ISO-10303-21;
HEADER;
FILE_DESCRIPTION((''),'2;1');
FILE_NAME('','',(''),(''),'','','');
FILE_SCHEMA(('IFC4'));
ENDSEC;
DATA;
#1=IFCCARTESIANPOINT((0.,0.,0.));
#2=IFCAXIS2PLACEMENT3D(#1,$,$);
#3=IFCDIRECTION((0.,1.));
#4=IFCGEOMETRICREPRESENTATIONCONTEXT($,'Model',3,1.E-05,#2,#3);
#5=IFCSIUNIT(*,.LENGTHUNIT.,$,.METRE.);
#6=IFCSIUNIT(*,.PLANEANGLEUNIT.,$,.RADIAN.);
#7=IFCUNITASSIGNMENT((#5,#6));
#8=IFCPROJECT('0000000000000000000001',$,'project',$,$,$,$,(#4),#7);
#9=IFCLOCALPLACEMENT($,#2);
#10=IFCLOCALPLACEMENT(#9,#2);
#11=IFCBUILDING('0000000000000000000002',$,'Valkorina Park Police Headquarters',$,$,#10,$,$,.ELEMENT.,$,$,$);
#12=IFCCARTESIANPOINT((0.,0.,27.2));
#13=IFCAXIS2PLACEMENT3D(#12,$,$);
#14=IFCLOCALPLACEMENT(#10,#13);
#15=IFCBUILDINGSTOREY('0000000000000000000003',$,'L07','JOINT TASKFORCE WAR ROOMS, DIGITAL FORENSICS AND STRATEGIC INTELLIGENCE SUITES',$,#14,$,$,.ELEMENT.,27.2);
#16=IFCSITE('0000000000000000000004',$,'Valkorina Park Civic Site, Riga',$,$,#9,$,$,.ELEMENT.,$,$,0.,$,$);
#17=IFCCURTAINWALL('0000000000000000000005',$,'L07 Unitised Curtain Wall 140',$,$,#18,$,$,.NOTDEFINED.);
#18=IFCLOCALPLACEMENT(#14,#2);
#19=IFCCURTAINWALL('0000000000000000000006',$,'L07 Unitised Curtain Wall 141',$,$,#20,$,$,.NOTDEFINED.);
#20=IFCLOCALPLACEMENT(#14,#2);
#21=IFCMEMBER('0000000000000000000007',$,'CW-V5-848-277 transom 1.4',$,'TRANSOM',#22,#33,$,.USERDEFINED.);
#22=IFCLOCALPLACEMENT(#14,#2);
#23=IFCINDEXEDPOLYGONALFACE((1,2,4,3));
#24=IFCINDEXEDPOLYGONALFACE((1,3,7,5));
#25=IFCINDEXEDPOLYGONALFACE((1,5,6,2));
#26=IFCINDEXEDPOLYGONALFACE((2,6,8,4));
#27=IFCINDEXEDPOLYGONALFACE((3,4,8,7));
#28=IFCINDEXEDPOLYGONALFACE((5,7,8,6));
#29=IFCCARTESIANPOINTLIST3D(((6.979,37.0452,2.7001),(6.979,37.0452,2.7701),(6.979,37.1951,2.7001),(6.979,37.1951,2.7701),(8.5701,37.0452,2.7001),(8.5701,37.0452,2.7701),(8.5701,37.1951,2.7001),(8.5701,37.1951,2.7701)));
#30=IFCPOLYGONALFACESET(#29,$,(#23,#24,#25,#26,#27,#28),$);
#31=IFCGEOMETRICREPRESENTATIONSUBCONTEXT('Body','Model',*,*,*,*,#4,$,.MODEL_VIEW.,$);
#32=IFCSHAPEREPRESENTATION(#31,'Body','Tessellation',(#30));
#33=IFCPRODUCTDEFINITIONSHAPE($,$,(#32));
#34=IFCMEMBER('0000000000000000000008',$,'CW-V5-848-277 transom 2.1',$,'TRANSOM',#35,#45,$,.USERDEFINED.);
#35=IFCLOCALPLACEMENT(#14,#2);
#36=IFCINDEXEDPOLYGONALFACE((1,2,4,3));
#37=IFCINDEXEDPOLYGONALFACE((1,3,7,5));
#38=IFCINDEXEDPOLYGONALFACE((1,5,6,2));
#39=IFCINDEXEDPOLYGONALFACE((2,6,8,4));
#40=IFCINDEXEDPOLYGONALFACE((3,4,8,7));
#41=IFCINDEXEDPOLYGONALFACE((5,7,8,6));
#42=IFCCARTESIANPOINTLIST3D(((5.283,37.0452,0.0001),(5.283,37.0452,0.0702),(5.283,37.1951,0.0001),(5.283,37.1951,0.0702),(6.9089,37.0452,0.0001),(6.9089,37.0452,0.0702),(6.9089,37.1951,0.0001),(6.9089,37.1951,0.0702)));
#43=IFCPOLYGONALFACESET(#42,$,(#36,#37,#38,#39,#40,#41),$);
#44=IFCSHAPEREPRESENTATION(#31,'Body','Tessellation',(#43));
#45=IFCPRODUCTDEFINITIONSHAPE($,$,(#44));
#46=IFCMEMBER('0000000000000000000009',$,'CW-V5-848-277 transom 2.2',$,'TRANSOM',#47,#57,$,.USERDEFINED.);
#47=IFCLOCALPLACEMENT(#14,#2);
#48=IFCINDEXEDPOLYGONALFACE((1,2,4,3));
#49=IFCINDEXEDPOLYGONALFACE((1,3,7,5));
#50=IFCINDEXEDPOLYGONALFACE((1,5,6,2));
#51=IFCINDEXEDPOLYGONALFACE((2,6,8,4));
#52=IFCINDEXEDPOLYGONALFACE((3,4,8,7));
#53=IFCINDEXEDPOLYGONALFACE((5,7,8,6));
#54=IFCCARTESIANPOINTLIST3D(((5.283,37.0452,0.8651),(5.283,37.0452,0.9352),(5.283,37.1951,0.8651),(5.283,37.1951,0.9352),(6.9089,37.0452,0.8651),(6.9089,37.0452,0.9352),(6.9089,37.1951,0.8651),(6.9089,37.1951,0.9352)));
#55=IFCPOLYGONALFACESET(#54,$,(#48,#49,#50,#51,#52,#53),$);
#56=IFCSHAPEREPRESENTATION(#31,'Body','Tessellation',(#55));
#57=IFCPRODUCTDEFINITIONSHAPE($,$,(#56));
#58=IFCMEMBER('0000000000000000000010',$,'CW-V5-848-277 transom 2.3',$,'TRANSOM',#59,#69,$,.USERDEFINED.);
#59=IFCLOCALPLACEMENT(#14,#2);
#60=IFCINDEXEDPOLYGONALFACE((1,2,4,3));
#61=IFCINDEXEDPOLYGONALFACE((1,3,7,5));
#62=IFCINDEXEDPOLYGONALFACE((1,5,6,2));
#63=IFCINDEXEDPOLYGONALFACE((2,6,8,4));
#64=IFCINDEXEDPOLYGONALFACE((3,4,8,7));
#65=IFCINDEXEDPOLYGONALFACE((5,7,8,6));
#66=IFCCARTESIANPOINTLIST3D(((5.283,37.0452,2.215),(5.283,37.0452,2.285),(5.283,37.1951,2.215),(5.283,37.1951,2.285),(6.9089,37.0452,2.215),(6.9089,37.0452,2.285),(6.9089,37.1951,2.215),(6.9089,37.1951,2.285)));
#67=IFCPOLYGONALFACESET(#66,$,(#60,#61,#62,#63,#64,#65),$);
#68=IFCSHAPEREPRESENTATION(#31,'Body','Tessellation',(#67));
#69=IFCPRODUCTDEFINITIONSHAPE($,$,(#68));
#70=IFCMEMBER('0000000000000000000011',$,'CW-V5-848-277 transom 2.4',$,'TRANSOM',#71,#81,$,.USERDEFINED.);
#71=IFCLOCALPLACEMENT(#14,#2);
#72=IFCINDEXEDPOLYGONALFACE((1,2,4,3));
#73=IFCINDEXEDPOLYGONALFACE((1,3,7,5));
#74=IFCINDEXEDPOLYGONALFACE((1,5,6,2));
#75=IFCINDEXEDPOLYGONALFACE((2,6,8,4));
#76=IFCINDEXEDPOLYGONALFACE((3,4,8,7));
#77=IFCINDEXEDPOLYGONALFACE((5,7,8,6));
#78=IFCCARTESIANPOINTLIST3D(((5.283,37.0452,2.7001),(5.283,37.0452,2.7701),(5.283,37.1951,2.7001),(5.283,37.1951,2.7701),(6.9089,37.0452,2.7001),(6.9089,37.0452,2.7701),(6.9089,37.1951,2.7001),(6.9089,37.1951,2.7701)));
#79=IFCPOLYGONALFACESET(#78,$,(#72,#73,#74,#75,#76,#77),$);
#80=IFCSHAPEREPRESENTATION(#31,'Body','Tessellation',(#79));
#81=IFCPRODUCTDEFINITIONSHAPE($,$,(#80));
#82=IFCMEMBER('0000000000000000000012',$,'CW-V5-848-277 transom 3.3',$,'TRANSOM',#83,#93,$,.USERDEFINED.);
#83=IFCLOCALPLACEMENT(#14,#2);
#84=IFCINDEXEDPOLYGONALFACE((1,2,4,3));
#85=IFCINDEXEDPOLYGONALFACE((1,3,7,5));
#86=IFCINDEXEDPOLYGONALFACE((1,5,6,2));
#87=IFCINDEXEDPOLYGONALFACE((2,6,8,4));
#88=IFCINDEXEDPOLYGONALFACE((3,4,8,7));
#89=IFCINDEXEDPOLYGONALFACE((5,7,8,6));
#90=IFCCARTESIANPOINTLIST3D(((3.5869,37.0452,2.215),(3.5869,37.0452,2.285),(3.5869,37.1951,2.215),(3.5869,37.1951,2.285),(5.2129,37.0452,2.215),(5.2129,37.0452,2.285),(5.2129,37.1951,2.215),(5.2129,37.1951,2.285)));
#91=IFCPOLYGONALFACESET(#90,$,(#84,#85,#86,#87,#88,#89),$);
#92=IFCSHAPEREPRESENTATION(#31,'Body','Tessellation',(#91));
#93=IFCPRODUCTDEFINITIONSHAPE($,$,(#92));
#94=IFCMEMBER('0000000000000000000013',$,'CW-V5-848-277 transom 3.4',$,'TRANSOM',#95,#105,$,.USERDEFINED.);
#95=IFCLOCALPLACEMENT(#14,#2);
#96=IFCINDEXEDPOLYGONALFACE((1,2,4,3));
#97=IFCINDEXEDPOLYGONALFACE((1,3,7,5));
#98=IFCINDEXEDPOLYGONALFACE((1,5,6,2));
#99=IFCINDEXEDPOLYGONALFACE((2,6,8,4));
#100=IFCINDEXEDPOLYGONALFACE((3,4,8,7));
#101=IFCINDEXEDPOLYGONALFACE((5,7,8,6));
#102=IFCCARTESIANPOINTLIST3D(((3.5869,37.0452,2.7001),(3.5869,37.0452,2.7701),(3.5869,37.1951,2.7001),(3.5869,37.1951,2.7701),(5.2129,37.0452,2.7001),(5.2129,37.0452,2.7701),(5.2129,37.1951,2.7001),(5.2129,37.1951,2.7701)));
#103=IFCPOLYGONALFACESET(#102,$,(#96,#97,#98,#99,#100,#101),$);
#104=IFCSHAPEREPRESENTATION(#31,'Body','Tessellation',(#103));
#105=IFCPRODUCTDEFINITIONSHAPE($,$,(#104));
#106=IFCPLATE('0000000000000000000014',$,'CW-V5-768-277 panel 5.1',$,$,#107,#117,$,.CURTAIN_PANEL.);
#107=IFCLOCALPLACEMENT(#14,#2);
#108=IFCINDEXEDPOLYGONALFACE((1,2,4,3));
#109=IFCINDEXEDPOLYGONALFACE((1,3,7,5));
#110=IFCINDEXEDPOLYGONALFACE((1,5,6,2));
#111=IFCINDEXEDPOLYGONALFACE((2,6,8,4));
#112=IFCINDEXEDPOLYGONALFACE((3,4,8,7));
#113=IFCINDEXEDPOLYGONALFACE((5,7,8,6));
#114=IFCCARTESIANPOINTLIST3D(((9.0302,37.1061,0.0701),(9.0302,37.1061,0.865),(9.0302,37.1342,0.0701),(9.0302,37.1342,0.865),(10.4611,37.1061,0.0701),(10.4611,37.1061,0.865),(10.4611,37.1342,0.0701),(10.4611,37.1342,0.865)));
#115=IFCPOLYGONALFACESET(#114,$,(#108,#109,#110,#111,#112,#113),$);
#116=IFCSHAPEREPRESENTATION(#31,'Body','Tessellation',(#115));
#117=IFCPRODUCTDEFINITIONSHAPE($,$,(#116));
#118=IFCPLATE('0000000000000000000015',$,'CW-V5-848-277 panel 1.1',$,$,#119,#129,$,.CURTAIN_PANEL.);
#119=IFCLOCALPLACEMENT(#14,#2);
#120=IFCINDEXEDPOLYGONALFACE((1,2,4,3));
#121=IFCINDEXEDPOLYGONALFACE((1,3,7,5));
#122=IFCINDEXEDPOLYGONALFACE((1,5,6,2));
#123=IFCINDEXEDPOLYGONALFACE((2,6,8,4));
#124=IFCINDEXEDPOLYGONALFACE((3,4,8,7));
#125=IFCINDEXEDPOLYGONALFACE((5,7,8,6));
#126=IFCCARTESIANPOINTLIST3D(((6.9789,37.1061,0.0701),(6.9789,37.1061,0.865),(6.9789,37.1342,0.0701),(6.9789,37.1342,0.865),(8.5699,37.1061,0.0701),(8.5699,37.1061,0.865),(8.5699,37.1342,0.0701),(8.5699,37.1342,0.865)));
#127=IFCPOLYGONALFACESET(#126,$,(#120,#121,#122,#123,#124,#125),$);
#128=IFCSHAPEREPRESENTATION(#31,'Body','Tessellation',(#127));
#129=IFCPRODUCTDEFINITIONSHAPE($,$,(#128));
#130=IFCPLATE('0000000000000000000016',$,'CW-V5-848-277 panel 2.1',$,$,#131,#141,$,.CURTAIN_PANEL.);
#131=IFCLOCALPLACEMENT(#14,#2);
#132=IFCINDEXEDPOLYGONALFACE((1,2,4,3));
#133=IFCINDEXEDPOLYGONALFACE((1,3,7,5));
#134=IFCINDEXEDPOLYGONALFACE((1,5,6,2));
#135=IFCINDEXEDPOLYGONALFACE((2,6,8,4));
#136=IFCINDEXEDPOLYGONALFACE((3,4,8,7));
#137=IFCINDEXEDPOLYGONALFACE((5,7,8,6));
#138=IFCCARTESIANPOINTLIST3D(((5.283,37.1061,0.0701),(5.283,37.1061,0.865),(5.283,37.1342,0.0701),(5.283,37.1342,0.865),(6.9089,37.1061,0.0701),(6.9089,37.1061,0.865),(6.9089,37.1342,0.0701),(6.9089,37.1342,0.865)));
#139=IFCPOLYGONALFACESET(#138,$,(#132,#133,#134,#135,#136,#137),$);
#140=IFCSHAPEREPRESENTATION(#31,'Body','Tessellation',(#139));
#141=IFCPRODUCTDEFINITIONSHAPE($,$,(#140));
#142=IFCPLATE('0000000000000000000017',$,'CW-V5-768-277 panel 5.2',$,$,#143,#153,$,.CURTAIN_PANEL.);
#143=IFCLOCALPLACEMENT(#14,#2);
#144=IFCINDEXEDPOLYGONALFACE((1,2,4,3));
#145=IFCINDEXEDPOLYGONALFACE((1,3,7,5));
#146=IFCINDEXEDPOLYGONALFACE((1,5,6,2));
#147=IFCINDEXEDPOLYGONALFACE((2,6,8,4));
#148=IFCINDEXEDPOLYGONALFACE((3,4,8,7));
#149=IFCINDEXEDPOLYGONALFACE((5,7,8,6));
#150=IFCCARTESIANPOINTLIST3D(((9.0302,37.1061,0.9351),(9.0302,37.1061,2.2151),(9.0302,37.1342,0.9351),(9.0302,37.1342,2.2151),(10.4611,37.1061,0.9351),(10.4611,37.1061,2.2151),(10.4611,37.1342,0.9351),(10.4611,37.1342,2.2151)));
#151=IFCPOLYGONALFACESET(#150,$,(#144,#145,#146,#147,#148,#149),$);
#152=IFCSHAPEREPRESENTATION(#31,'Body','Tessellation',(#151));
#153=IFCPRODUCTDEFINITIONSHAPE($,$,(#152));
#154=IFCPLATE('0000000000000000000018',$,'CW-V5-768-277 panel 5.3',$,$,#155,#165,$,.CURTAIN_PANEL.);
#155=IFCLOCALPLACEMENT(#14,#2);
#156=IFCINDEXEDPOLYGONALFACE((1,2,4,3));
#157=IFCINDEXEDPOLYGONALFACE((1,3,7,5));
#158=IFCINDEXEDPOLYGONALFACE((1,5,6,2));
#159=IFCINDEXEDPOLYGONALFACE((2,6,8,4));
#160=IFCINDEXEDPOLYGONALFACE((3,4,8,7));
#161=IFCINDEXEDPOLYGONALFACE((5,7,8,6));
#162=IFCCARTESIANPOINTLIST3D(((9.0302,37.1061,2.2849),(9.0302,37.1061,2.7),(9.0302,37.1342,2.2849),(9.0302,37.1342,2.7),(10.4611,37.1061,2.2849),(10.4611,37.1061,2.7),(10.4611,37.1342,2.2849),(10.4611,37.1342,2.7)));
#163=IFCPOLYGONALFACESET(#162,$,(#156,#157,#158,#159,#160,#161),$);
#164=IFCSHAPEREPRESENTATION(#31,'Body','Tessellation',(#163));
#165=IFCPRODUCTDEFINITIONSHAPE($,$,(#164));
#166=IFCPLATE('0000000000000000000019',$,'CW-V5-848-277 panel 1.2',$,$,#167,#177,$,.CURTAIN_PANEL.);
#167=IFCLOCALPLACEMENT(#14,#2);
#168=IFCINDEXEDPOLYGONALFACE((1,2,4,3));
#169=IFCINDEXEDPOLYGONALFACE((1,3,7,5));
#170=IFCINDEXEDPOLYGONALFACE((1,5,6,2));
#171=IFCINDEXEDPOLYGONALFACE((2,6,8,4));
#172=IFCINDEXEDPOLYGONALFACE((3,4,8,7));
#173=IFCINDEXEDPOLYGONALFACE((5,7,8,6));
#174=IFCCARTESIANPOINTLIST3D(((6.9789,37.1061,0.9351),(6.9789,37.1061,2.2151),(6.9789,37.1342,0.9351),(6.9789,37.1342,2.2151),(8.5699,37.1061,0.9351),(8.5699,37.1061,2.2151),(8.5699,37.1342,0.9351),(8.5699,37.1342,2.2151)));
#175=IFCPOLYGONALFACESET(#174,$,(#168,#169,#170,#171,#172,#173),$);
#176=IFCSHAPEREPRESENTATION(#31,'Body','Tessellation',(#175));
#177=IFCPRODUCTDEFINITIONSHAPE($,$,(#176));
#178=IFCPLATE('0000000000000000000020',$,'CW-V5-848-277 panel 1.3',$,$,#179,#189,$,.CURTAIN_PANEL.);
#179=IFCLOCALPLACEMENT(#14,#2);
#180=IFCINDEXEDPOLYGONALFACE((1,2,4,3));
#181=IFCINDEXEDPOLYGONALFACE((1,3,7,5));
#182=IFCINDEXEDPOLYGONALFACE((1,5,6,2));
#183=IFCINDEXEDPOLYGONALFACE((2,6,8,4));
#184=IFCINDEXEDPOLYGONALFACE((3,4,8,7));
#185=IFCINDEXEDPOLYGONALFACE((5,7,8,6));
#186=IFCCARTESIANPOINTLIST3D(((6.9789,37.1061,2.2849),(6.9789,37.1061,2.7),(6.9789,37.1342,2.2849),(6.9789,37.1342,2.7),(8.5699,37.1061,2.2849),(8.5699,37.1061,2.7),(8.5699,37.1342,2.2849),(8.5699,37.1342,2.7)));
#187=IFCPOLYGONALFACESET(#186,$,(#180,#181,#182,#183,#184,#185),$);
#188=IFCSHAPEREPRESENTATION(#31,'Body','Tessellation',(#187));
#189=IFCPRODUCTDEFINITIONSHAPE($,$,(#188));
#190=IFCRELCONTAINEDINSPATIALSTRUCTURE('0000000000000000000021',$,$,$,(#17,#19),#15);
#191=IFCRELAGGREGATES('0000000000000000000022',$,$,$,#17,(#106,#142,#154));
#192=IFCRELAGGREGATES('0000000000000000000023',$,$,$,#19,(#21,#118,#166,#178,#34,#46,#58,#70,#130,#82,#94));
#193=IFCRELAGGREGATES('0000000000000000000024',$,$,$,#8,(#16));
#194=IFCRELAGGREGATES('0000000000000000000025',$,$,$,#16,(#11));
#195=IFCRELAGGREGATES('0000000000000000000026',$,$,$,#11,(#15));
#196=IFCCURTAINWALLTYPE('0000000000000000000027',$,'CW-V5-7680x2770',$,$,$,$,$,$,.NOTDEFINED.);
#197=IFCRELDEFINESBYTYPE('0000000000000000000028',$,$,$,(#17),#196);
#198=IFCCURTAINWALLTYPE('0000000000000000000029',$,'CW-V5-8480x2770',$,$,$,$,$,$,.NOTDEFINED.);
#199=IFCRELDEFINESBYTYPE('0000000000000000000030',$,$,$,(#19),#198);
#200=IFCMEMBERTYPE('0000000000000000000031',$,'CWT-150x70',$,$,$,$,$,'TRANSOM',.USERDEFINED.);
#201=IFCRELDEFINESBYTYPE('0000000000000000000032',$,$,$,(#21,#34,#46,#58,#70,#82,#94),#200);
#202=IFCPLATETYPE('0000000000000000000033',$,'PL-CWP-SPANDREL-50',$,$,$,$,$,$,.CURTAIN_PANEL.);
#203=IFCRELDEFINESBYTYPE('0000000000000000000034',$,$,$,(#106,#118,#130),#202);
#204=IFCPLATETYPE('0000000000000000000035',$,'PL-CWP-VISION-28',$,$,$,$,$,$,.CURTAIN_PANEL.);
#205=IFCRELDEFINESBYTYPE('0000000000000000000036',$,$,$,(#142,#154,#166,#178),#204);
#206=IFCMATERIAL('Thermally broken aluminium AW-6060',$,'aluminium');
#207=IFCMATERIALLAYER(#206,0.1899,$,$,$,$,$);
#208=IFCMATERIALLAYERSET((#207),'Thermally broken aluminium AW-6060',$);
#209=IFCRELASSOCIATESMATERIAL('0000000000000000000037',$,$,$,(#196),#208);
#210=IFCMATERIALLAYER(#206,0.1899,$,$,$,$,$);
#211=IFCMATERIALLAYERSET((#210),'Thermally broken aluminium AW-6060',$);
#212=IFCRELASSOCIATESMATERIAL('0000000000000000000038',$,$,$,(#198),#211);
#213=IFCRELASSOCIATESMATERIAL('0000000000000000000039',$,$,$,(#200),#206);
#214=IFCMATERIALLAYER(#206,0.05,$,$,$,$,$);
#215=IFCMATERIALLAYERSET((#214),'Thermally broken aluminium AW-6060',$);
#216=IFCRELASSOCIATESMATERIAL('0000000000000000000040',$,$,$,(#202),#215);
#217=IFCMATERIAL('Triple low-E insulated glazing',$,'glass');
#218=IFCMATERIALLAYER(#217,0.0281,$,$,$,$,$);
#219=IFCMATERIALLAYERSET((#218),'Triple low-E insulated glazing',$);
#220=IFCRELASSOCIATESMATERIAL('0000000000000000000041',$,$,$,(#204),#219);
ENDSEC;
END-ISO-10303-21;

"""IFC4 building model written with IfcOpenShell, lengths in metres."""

from ifc_helpers import new_model, si_unit, direction, frame, origin, origin_2d, place, context, subcontext, project, spatial, rectangle, extrude, material, layer, layer_set, material_profile, profile_set, type_object, element, aggregate, save


model = new_model("IFC4")

# Units and contexts
model_context = context("Model", 3, precision=1e-05, world=origin(), true_north=direction((0.0, 1.0)))
body_context = subcontext(model_context, "Body", "Model", "MODEL_VIEW")
ifc_project = project(units=[si_unit("LENGTHUNIT", "METRE"), si_unit("PLANEANGLEUNIT", "RADIAN")], contexts=[model_context])

# Site, building, storey
site_placement = place(None, origin())
site = spatial("IfcSite", under=ifc_project, at=site_placement, Name="Valkorina Park Civic Site, Riga", CompositionType="ELEMENT", RefElevation=0.0)
building_placement = place(site_placement, origin())
building = spatial("IfcBuilding", under=site, at=building_placement, Name="Valkorina Park Police Headquarters", CompositionType="ELEMENT")
storey_placement = place(building_placement, frame((0.0, 0.0, 27.2)))
storey = spatial("IfcBuildingStorey", under=building, at=storey_placement, Name="L07", Description="JOINT TASKFORCE WAR ROOMS, DIGITAL FORENSICS AND STRATEGIC INTELLIGENCE SUITES", CompositionType="ELEMENT", Elevation=27.2)

# Curtain wall
ifc_material_1 = material(Name="Thermally broken aluminium AW-6060", Category="aluminium")
ifc_layer_1 = layer(ifc_material_1, 0.1899)
ifc_layer_set_1 = layer_set([ifc_layer_1], Name="Thermally broken aluminium AW-6060")
curtain_wall_type_1 = type_object("IfcCurtainWallType", Name="CW-V5-7680x2770", PredefinedType="NOTDEFINED", material=ifc_layer_set_1)
curtain_wall_1_placement = place(storey_placement, origin())
curtain_wall_1 = element("IfcCurtainWall", 1, at=curtain_wall_1_placement, inside=storey, type_object=curtain_wall_type_1, Name="L07 Unitised Curtain Wall 140", PredefinedType="NOTDEFINED")

# Curtain wall, members
ifc_layer_2 = layer(ifc_material_1, 0.1899)
ifc_layer_set_2 = layer_set([ifc_layer_2], Name="Thermally broken aluminium AW-6060")
curtain_wall_type_2 = type_object("IfcCurtainWallType", Name="CW-V5-8480x2770", PredefinedType="NOTDEFINED", material=ifc_layer_set_2)
curtain_wall_2_placement = place(storey_placement, origin())
curtain_wall_2 = element("IfcCurtainWall", 2, at=curtain_wall_2_placement, inside=storey, type_object=curtain_wall_type_2, Name="L07 Unitised Curtain Wall 141", PredefinedType="NOTDEFINED")
ifc_material_profile_1 = material_profile(ifc_material_1, rectangle(XDim=0.1499, YDim=0.0701, at=origin_2d()), Name="CWT-02 150x70")
ifc_profile_set_1 = profile_set([ifc_material_profile_1], Name="Thermally broken aluminium AW-6060")
member_type_1 = type_object("IfcMemberType", Name="CWT-150x70", ElementType="TRANSOM", PredefinedType="USERDEFINED", material=ifc_profile_set_1)
member_1_placement = place(storey_placement, frame((8.5701, 37.1201, 2.7351), z_axis=(-1.0, 0.0, 0.0), x_axis=(0.0, -1.0, 0.0)))
member_1 = element("IfcMember", 3, at=member_1_placement, type_object=member_type_1, Name="CW-V5-848-277 transom 1.4", ObjectType="TRANSOM", PredefinedType="USERDEFINED", context=body_context, shape_type="SweptSolid", body=[
    extrude(rectangle(XDim=0.1499, YDim=0.0701, at=origin_2d()), origin(), (0.0, 0.0, 1.0), 1.5911),
])
member_2_placement = place(storey_placement, frame((6.9089, 37.1201, 0.0352), z_axis=(-1.0, 0.0, 0.0), x_axis=(0.0, -1.0, 0.0)))
member_2 = element("IfcMember", 4, at=member_2_placement, type_object=member_type_1, Name="CW-V5-848-277 transom 2.1", ObjectType="TRANSOM", PredefinedType="USERDEFINED", context=body_context, shape_type="SweptSolid", body=[
    extrude(rectangle(XDim=0.1499, YDim=0.0701, at=origin_2d()), origin(), (0.0, 0.0, 1.0), 1.626),
])
member_3_placement = place(storey_placement, frame((6.9089, 37.1201, 0.9001), z_axis=(-1.0, 0.0, 0.0), x_axis=(0.0, -1.0, 0.0)))
member_3 = element("IfcMember", 5, at=member_3_placement, type_object=member_type_1, Name="CW-V5-848-277 transom 2.2", ObjectType="TRANSOM", PredefinedType="USERDEFINED", context=body_context, shape_type="SweptSolid", body=[
    extrude(rectangle(XDim=0.1499, YDim=0.0701, at=origin_2d()), origin(), (0.0, 0.0, 1.0), 1.626),
])
member_4_placement = place(storey_placement, frame((6.9089, 37.1201, 2.25), z_axis=(-1.0, 0.0, 0.0), x_axis=(0.0, -1.0, 0.0)))
member_4 = element("IfcMember", 6, at=member_4_placement, type_object=member_type_1, Name="CW-V5-848-277 transom 2.3", ObjectType="TRANSOM", PredefinedType="USERDEFINED", context=body_context, shape_type="SweptSolid", body=[
    extrude(rectangle(XDim=0.1499, YDim=0.0701, at=origin_2d()), origin(), (0.0, 0.0, 1.0), 1.626),
])
member_5_placement = place(storey_placement, frame((6.9089, 37.1201, 2.7351), z_axis=(-1.0, 0.0, 0.0), x_axis=(0.0, -1.0, 0.0)))
member_5 = element("IfcMember", 7, at=member_5_placement, type_object=member_type_1, Name="CW-V5-848-277 transom 2.4", ObjectType="TRANSOM", PredefinedType="USERDEFINED", context=body_context, shape_type="SweptSolid", body=[
    extrude(rectangle(XDim=0.1499, YDim=0.0701, at=origin_2d()), origin(), (0.0, 0.0, 1.0), 1.626),
])
member_6_placement = place(storey_placement, frame((5.2129, 37.1201, 2.25), z_axis=(-1.0, 0.0, 0.0), x_axis=(0.0, -1.0, 0.0)))
member_6 = element("IfcMember", 8, at=member_6_placement, type_object=member_type_1, Name="CW-V5-848-277 transom 3.3", ObjectType="TRANSOM", PredefinedType="USERDEFINED", context=body_context, shape_type="SweptSolid", body=[
    extrude(rectangle(XDim=0.1499, YDim=0.0701, at=origin_2d()), origin(), (0.0, 0.0, 1.0), 1.626),
])
member_7_placement = place(storey_placement, frame((5.2129, 37.1201, 2.7351), z_axis=(-1.0, 0.0, 0.0), x_axis=(0.0, -1.0, 0.0)))
member_7 = element("IfcMember", 9, at=member_7_placement, type_object=member_type_1, Name="CW-V5-848-277 transom 3.4", ObjectType="TRANSOM", PredefinedType="USERDEFINED", context=body_context, shape_type="SweptSolid", body=[
    extrude(rectangle(XDim=0.1499, YDim=0.0701, at=origin_2d()), origin(), (0.0, 0.0, 1.0), 1.626),
])

# Plates
ifc_layer_3 = layer(ifc_material_1, 0.05)
ifc_layer_set_3 = layer_set([ifc_layer_3], Name="Thermally broken aluminium AW-6060")
plate_type_1 = type_object("IfcPlateType", Name="PL-CWP-SPANDREL-50", PredefinedType="CURTAIN_PANEL", material=ifc_layer_set_3)
plate_1_placement = place(storey_placement, frame((9.7456, 37.1201, 0.0701), z_axis=(0.0, 0.0, 1.0), x_axis=(-1.0, 0.0, 0.0)))
plate_1 = element("IfcPlate", 10, at=plate_1_placement, type_object=plate_type_1, Name="CW-V5-768-277 panel 5.1", PredefinedType="CURTAIN_PANEL", context=body_context, shape_type="SweptSolid", body=[
    extrude(rectangle(XDim=1.4309, YDim=0.0281, at=origin_2d()), origin(), (0.0, 0.0, 1.0), 0.7949),
])
plate_2_placement = place(storey_placement, frame((7.7744, 37.1201, 0.0701), z_axis=(0.0, 0.0, 1.0), x_axis=(-1.0, 0.0, 0.0)))
plate_2 = element("IfcPlate", 11, at=plate_2_placement, type_object=plate_type_1, Name="CW-V5-848-277 panel 1.1", PredefinedType="CURTAIN_PANEL", context=body_context, shape_type="SweptSolid", body=[
    extrude(rectangle(XDim=1.5911, YDim=0.0281, at=origin_2d()), origin(), (0.0, 0.0, 1.0), 0.7949),
])
plate_3_placement = place(storey_placement, frame((6.0959, 37.1201, 0.0701), z_axis=(0.0, 0.0, 1.0), x_axis=(-1.0, 0.0, 0.0)))
plate_3 = element("IfcPlate", 12, at=plate_3_placement, type_object=plate_type_1, Name="CW-V5-848-277 panel 2.1", PredefinedType="CURTAIN_PANEL", context=body_context, shape_type="SweptSolid", body=[
    extrude(rectangle(XDim=1.626, YDim=0.0281, at=origin_2d()), origin(), (0.0, 0.0, 1.0), 0.7949),
])
ifc_material_2 = material(Name="Triple low-E insulated glazing", Category="glass")
ifc_layer_4 = layer(ifc_material_2, 0.0281)
ifc_layer_set_4 = layer_set([ifc_layer_4], Name="Triple low-E insulated glazing")
plate_type_2 = type_object("IfcPlateType", Name="PL-CWP-VISION-28", PredefinedType="CURTAIN_PANEL", material=ifc_layer_set_4)
plate_4_placement = place(storey_placement, frame((9.7456, 37.1201, 0.9351), z_axis=(0.0, 0.0, 1.0), x_axis=(-1.0, 0.0, 0.0)))
plate_4 = element("IfcPlate", 13, at=plate_4_placement, type_object=plate_type_2, Name="CW-V5-768-277 panel 5.2", PredefinedType="CURTAIN_PANEL", context=body_context, shape_type="SweptSolid", body=[
    extrude(rectangle(XDim=1.4309, YDim=0.0281, at=origin_2d()), origin(), (0.0, 0.0, 1.0), 1.28),
])
plate_5_placement = place(storey_placement, frame((9.7456, 37.1201, 2.2849), z_axis=(0.0, 0.0, 1.0), x_axis=(-1.0, 0.0, 0.0)))
plate_5 = element("IfcPlate", 14, at=plate_5_placement, type_object=plate_type_2, Name="CW-V5-768-277 panel 5.3", PredefinedType="CURTAIN_PANEL", context=body_context, shape_type="SweptSolid", body=[
    extrude(rectangle(XDim=1.4309, YDim=0.0281, at=origin_2d()), origin(), (0.0, 0.0, 1.0), 0.415),
])
aggregate(curtain_wall_1, [plate_1, plate_4, plate_5])
plate_6_placement = place(storey_placement, frame((7.7744, 37.1201, 0.9351), z_axis=(0.0, 0.0, 1.0), x_axis=(-1.0, 0.0, 0.0)))
plate_6 = element("IfcPlate", 15, at=plate_6_placement, type_object=plate_type_2, Name="CW-V5-848-277 panel 1.2", PredefinedType="CURTAIN_PANEL", context=body_context, shape_type="SweptSolid", body=[
    extrude(rectangle(XDim=1.5911, YDim=0.0281, at=origin_2d()), origin(), (0.0, 0.0, 1.0), 1.28),
])
plate_7_placement = place(storey_placement, frame((7.7744, 37.1201, 2.2849), z_axis=(0.0, 0.0, 1.0), x_axis=(-1.0, 0.0, 0.0)))
plate_7 = element("IfcPlate", 16, at=plate_7_placement, type_object=plate_type_2, Name="CW-V5-848-277 panel 1.3", PredefinedType="CURTAIN_PANEL", context=body_context, shape_type="SweptSolid", body=[
    extrude(rectangle(XDim=1.5911, YDim=0.0281, at=origin_2d()), origin(), (0.0, 0.0, 1.0), 0.415),
])
aggregate(curtain_wall_2, [member_1, plate_2, plate_6, plate_7, member_2, member_3, member_4, member_5, plate_3, member_6, member_7])

save(model, "model.ifc")
